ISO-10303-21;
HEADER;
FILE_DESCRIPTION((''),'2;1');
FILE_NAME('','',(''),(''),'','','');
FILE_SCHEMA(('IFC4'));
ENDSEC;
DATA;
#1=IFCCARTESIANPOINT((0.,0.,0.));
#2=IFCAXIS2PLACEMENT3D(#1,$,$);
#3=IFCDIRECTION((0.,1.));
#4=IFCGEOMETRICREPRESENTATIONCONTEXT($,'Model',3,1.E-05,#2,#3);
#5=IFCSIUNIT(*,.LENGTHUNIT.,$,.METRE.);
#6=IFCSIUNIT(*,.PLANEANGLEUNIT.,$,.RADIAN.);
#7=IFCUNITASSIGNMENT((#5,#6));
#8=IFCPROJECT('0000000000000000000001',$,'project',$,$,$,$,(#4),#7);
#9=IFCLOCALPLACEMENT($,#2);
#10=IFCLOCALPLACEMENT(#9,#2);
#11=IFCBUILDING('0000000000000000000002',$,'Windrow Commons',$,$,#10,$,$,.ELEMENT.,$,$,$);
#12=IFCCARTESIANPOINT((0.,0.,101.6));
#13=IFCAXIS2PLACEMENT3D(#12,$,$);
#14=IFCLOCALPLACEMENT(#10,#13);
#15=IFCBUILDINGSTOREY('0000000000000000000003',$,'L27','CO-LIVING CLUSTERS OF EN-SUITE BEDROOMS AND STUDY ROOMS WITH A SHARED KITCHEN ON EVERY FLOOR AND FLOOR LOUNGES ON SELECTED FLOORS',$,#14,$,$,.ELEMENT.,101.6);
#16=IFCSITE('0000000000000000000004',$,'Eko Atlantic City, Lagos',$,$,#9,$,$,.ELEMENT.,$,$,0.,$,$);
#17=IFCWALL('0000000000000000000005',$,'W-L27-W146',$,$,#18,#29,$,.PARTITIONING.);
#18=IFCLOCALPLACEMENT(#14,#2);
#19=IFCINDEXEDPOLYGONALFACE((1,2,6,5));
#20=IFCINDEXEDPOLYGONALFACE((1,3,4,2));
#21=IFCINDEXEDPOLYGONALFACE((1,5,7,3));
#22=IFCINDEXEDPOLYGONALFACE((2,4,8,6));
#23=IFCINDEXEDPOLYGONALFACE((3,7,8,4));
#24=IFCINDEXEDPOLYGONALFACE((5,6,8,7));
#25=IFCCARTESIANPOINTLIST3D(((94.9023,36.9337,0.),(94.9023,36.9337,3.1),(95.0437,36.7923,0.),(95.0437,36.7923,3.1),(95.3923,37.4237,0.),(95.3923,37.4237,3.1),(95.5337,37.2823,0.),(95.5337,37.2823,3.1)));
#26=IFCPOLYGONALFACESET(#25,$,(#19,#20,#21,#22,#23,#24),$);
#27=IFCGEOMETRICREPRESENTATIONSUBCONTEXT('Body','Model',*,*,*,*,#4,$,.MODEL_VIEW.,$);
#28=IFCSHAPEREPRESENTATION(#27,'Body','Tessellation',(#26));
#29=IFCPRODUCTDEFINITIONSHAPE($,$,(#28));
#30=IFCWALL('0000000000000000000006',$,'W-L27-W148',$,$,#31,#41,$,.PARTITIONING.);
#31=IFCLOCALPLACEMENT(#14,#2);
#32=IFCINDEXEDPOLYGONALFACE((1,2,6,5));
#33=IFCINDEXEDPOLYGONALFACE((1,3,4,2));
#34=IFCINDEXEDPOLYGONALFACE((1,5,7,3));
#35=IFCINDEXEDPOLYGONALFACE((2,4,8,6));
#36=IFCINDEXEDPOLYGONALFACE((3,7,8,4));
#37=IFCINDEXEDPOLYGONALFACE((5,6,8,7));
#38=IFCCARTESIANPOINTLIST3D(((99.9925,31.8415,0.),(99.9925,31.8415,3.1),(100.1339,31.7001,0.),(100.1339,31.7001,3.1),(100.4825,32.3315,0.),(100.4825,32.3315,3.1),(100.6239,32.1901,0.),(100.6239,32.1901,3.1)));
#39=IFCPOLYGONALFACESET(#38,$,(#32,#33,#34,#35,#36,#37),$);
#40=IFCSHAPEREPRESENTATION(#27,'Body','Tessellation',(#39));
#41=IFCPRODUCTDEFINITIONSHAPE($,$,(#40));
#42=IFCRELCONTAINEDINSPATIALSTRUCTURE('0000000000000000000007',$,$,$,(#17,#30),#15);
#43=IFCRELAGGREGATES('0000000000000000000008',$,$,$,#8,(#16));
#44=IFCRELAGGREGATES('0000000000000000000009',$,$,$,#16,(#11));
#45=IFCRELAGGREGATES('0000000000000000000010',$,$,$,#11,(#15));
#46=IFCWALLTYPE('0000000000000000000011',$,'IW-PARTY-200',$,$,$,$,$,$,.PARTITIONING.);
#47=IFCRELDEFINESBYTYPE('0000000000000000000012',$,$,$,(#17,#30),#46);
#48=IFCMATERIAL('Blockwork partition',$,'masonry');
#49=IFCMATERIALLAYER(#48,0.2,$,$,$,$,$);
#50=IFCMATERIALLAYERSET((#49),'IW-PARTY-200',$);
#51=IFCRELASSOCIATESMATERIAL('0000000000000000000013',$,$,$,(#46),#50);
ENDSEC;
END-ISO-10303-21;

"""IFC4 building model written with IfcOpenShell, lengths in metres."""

from ifc_helpers import new_model, si_unit, direction, frame, frame_2d, origin, place, context, subcontext, project, spatial, rectangle, extrude, material, layer, layer_set, type_object, element, save


model = new_model("IFC4")

# Units and contexts
model_context = context("Model", 3, precision=1e-05, world=origin(), true_north=direction((0.0, 1.0)))
body_context = subcontext(model_context, "Body", "Model", "MODEL_VIEW")
ifc_project = project(units=[si_unit("LENGTHUNIT", "METRE"), si_unit("PLANEANGLEUNIT", "RADIAN")], contexts=[model_context])

# Site, building, storey
site_placement = place(None, origin())
site = spatial("IfcSite", under=ifc_project, at=site_placement, Name="Eko Atlantic City, Lagos", CompositionType="ELEMENT", RefElevation=0.0)
building_placement = place(site_placement, origin())
building = spatial("IfcBuilding", under=site, at=building_placement, Name="Windrow Commons", CompositionType="ELEMENT")
storey_placement = place(building_placement, frame((0.0, 0.0, 101.6)))
storey = spatial("IfcBuildingStorey", under=building, at=storey_placement, Name="L27", Description="CO-LIVING CLUSTERS OF EN-SUITE BEDROOMS AND STUDY ROOMS WITH A SHARED KITCHEN ON EVERY FLOOR AND FLOOR LOUNGES ON SELECTED FLOORS", CompositionType="ELEMENT", Elevation=101.6)

# Walls
ifc_material_1 = material(Name="Blockwork partition", Category="masonry")
ifc_layer_1 = layer(ifc_material_1, 0.2)
ifc_layer_set_1 = layer_set([ifc_layer_1], Name="IW-PARTY-200")
wall_type_1 = type_object("IfcWallType", Name="IW-PARTY-200", PredefinedType="PARTITIONING", material=ifc_layer_set_1)
for number, where, z_axis, x_axis, name in (
    (1, (94.973, 36.863, 0.0), (0.0, 0.0, 1.0), (0.707107, 0.707107, 0.0), "W-L27-W146"),
    (2, (100.0632, 31.7708, 0.0), (0.0, 0.0, 1.0), (0.707107, 0.707107, 0.0), "W-L27-W148"),
):
    element("IfcWall", number, at=place(storey_placement, frame(where, z_axis=z_axis, x_axis=x_axis)), inside=storey, type_object=wall_type_1, Name=name, PredefinedType="PARTITIONING", context=body_context, shape_type="SweptSolid", body=[
        extrude(rectangle(XDim=0.693, YDim=0.2, at=frame_2d((0.3465, 0.0))), origin(), (0.0, 0.0, 1.0), 3.1),
    ])

save(model, "model.ifc")
